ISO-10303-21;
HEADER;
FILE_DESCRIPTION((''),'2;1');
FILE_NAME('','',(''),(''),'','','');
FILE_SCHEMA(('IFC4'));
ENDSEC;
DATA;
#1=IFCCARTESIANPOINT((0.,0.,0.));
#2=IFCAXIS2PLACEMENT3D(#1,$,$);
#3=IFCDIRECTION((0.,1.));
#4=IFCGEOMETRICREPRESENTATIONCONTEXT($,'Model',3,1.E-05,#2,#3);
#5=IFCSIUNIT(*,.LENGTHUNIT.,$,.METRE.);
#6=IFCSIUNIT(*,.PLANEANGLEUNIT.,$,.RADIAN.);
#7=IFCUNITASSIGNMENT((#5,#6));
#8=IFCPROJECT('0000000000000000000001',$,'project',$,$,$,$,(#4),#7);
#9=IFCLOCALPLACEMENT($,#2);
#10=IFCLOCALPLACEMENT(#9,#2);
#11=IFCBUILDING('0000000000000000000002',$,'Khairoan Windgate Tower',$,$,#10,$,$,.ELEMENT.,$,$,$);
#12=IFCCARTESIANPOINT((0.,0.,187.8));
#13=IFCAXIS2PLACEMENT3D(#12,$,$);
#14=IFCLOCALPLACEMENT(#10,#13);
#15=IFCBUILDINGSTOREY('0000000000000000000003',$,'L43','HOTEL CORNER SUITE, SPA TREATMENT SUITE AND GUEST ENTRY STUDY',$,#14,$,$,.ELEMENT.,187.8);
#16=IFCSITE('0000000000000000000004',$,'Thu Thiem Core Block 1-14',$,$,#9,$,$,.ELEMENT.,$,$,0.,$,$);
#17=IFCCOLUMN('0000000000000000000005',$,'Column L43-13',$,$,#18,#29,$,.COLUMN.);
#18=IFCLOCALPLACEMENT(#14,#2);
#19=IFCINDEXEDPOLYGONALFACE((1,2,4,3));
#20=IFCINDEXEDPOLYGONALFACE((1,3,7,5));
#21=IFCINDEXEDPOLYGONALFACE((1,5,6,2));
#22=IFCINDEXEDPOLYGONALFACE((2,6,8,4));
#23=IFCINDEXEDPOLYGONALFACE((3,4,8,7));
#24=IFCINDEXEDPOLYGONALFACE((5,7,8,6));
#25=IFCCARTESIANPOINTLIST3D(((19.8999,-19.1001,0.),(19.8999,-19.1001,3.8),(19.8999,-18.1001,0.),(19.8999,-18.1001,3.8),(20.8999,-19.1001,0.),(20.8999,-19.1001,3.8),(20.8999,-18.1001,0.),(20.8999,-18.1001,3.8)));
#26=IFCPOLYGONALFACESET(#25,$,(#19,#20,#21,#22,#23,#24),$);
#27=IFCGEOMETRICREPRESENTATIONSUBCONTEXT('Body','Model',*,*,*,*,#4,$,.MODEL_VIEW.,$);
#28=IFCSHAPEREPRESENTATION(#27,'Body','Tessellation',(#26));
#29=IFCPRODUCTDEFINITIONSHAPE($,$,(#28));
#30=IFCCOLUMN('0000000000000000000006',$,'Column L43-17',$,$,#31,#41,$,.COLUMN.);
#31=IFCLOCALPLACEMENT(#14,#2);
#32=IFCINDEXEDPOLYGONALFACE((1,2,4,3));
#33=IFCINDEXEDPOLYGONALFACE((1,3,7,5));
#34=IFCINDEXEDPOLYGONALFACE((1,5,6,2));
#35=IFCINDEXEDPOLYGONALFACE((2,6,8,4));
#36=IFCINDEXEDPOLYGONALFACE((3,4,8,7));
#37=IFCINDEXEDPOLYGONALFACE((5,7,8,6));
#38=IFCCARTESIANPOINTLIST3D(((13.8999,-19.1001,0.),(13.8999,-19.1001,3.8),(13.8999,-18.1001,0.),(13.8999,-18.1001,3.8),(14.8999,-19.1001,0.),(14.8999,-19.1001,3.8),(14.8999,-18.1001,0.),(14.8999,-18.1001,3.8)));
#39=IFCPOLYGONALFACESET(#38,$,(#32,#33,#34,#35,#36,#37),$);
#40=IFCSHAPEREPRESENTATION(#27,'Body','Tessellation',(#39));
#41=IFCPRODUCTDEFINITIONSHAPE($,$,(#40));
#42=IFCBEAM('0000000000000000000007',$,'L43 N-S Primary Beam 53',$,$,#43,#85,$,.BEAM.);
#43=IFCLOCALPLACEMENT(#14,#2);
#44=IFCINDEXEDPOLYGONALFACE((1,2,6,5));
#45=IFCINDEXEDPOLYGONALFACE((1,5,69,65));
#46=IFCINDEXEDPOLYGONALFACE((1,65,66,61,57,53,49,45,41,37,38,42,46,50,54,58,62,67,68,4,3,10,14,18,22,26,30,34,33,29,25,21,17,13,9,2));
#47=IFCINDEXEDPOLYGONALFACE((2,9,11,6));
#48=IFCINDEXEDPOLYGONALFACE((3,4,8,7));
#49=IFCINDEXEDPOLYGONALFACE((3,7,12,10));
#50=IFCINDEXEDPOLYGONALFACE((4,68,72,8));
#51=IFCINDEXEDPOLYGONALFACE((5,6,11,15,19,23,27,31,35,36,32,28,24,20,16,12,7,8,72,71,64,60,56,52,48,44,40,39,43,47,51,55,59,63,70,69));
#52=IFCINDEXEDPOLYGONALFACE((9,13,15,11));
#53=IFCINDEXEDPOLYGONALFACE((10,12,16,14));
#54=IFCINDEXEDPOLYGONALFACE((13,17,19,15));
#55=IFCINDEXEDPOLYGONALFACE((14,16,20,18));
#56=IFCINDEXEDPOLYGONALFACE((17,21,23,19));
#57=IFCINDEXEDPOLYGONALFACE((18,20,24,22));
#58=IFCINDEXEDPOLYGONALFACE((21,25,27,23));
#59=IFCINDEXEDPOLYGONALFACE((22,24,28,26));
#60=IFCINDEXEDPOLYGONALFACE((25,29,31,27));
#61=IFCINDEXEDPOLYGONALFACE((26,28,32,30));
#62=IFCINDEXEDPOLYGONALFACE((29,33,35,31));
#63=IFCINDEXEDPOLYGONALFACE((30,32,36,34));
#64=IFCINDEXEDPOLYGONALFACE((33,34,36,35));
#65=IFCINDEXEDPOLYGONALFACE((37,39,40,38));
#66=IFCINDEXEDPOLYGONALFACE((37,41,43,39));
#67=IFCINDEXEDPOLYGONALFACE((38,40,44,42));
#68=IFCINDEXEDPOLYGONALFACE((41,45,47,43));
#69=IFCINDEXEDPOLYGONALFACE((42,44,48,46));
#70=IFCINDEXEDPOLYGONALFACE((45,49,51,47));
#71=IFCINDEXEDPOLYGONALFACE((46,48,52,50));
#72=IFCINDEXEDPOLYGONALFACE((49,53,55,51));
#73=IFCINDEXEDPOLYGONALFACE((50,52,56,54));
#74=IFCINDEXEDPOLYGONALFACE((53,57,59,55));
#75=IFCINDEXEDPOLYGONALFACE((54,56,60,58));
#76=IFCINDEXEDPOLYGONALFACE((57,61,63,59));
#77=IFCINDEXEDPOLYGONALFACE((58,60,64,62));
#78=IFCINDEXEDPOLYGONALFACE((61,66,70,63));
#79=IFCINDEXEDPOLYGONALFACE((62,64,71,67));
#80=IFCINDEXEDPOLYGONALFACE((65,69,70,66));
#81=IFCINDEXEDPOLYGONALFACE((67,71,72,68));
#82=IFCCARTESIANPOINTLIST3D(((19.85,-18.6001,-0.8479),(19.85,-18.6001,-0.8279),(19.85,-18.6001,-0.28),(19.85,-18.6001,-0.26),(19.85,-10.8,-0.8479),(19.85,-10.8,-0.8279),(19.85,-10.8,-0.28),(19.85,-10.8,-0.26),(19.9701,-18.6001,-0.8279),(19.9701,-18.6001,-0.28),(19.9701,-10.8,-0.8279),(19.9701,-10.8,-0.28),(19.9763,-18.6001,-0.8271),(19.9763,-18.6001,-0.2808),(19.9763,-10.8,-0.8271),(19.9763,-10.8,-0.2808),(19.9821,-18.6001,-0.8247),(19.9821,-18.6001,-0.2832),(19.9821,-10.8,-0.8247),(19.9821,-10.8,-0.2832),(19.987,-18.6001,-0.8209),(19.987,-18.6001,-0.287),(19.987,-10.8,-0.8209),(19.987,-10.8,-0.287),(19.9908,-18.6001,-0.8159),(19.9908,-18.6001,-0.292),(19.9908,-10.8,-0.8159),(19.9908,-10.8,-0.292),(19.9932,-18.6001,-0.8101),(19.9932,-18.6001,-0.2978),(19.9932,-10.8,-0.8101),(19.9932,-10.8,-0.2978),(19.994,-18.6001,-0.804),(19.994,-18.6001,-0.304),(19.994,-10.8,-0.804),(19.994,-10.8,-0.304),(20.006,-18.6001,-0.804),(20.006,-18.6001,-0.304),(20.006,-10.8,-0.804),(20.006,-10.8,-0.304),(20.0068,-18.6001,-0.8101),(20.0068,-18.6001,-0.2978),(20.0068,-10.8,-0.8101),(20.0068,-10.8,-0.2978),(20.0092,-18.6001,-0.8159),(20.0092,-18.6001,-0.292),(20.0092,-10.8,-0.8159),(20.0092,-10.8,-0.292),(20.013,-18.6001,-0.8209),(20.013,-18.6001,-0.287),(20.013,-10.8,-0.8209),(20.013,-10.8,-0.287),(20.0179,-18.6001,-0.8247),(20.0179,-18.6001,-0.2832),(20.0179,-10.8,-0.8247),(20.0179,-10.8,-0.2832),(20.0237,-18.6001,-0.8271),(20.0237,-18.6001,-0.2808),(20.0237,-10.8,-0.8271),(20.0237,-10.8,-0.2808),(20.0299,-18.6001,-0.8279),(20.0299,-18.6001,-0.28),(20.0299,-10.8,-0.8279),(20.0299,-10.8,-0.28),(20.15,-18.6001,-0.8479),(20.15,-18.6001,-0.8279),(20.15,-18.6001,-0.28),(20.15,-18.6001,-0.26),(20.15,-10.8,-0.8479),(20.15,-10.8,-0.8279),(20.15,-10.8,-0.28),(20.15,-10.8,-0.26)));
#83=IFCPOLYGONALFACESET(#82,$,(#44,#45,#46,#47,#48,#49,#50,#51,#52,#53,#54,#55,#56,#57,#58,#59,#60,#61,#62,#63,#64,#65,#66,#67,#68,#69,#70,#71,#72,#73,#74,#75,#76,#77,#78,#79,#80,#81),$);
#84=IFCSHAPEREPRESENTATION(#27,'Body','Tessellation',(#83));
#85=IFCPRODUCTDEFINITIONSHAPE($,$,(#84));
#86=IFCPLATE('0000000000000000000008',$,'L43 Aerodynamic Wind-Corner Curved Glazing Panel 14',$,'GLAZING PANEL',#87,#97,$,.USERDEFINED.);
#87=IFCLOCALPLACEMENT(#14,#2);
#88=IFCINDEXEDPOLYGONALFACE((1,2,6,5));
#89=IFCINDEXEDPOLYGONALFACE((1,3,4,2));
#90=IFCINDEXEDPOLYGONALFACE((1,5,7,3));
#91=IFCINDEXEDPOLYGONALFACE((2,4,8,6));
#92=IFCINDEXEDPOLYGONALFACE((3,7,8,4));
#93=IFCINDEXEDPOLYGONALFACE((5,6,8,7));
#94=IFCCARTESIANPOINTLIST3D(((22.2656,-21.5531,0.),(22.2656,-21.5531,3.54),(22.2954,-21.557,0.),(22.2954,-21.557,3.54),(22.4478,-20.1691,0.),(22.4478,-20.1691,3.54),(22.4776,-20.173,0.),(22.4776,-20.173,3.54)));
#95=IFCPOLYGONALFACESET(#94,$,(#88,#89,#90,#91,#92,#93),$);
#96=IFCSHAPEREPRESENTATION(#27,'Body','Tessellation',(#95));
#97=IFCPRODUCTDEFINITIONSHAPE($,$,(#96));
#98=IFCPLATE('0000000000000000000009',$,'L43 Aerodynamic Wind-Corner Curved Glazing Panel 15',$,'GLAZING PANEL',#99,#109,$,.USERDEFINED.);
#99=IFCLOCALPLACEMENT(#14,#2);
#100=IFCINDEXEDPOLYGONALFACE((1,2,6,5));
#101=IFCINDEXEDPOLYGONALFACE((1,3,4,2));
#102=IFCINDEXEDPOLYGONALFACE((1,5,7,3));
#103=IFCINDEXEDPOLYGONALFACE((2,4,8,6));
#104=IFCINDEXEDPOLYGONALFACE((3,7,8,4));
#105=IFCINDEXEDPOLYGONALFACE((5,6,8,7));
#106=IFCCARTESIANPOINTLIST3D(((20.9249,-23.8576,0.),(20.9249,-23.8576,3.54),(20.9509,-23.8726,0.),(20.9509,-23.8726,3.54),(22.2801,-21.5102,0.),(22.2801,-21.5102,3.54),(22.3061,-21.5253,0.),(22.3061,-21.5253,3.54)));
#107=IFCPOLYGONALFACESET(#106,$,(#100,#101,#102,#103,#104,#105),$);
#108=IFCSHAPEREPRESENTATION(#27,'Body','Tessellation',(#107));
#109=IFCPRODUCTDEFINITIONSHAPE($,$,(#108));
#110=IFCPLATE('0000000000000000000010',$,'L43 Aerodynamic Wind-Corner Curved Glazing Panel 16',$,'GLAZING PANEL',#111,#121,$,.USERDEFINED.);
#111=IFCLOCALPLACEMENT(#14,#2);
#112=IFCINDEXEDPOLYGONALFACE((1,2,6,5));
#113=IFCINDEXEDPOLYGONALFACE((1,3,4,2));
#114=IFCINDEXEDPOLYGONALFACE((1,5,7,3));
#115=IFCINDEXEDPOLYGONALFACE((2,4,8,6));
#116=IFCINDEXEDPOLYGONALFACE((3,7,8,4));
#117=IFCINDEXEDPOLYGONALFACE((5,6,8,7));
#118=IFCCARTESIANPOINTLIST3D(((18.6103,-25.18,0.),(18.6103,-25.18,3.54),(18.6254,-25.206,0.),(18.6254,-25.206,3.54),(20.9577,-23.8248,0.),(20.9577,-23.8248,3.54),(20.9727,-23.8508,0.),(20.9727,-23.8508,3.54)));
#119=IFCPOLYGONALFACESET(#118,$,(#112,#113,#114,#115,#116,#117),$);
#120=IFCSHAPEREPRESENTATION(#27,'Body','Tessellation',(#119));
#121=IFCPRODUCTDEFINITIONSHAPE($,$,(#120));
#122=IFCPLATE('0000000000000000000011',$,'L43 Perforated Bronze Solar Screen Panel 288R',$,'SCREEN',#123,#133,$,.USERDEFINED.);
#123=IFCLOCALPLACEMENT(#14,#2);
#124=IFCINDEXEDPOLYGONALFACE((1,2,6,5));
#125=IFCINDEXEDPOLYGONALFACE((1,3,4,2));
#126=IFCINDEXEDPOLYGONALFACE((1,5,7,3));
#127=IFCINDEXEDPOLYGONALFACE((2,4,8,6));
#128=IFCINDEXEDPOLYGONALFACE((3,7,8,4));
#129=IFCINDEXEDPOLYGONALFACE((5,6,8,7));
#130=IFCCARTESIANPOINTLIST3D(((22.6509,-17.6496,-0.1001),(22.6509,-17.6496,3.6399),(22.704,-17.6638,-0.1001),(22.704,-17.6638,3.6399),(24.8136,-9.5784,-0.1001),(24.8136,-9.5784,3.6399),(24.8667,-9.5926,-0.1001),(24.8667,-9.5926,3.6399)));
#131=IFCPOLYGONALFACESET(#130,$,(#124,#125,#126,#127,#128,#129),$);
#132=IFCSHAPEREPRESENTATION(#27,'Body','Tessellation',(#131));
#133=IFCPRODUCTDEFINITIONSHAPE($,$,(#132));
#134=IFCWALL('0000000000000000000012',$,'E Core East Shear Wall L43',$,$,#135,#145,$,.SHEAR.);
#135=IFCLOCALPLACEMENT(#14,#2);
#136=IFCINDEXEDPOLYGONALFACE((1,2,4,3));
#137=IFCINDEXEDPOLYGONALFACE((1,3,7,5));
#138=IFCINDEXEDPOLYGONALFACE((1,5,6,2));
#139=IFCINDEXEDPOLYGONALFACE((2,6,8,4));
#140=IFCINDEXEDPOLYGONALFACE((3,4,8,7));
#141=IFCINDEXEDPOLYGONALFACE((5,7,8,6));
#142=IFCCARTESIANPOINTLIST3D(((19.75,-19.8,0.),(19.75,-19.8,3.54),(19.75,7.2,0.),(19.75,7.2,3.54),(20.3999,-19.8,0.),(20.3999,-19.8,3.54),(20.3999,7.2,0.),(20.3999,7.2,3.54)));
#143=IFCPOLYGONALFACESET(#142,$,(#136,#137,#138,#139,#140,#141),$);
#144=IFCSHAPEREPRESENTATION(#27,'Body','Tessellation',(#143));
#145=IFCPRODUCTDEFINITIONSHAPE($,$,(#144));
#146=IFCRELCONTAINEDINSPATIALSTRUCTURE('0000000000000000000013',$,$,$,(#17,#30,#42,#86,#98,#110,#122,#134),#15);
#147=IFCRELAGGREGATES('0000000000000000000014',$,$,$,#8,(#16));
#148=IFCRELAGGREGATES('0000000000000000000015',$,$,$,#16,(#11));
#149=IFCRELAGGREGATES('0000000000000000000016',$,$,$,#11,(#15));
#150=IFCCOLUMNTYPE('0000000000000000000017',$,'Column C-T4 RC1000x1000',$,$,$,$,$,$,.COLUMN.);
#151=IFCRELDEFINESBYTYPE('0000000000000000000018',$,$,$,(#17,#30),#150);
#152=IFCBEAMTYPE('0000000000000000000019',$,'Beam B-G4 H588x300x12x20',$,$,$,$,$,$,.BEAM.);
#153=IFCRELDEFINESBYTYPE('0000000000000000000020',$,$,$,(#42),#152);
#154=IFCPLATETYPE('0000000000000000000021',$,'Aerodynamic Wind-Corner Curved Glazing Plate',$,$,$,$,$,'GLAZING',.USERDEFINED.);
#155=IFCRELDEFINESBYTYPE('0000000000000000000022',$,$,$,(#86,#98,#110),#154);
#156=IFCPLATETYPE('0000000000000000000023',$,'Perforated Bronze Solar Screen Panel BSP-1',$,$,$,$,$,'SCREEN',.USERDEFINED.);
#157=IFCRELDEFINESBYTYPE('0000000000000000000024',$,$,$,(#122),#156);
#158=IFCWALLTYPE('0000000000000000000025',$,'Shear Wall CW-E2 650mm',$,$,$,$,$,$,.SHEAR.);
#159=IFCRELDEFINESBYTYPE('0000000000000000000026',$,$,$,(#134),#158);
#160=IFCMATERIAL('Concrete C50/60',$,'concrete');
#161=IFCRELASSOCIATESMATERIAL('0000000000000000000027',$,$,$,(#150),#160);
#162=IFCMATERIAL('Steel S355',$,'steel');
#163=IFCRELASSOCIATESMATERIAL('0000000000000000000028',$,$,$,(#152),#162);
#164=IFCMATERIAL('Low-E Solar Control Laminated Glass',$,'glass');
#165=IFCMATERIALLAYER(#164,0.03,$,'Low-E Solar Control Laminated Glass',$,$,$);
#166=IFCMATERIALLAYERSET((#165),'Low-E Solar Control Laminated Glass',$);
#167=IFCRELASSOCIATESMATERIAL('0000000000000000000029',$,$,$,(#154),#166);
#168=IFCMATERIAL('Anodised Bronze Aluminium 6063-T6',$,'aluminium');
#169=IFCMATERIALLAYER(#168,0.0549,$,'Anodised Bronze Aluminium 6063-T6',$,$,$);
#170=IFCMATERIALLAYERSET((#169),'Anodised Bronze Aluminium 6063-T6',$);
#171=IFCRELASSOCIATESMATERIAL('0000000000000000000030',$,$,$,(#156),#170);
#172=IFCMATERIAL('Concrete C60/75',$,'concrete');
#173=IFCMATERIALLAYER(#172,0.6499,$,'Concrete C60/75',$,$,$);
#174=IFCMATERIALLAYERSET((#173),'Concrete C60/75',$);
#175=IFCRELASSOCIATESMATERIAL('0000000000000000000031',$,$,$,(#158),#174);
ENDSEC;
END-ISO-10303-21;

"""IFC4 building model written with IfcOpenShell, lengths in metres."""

from ifc_helpers import new_model, si_unit, direction, frame, frame_2d, origin, origin_2d, place, context, subcontext, project, spatial, rectangle, i_section, extrude, material, layer, layer_set, material_profile, profile_set, type_object, element, save


model = new_model("IFC4")

# Units and contexts
model_context = context("Model", 3, precision=1e-05, world=origin(), true_north=direction((0.0, 1.0)))
body_context = subcontext(model_context, "Body", "Model", "MODEL_VIEW")
ifc_project = project(units=[si_unit("LENGTHUNIT", "METRE"), si_unit("PLANEANGLEUNIT", "RADIAN")], contexts=[model_context])

# Site, building, storey
site_placement = place(None, origin())
site = spatial("IfcSite", under=ifc_project, at=site_placement, Name="Thu Thiem Core Block 1-14", CompositionType="ELEMENT", RefElevation=0.0)
building_placement = place(site_placement, origin())
building = spatial("IfcBuilding", under=site, at=building_placement, Name="Khairoan Windgate Tower", CompositionType="ELEMENT")
storey_placement = place(building_placement, frame((0.0, 0.0, 187.8)))
storey = spatial("IfcBuildingStorey", under=building, at=storey_placement, Name="L43", Description="HOTEL CORNER SUITE, SPA TREATMENT SUITE AND GUEST ENTRY STUDY", CompositionType="ELEMENT", Elevation=187.8)

# Columns
ifc_material_1 = material(Name="Concrete C50/60", Category="concrete")
ifc_material_profile_1 = material_profile(ifc_material_1, rectangle(XDim=1.0, YDim=1.0, at=origin_2d()))
ifc_profile_set_1 = profile_set([ifc_material_profile_1], Name="Concrete C50/60")
column_type = type_object("IfcColumnType", Name="Column C-T4 RC1000x1000", PredefinedType="COLUMN", material=ifc_profile_set_1)
for number, where, z_axis, x_axis, name in (
    (1, (20.3999, -18.6001, 0.0), (0.0, 0.0, 1.0), (1.0, 0.0, 0.0), "Column L43-13"),
    (2, (14.3999, -18.6001, 0.0), (0.0, 0.0, 1.0), (1.0, 0.0, 0.0), "Column L43-17"),
):
    element("IfcColumn", number, at=place(storey_placement, frame(where, z_axis=z_axis, x_axis=x_axis)), inside=storey, type_object=column_type, Name=name, PredefinedType="COLUMN", context=body_context, shape_type="SweptSolid", body=[
        extrude(rectangle(XDim=1.0, YDim=1.0, at=origin_2d()), origin(), (0.0, 0.0, 1.0), 3.8),
    ])

# Beam
ifc_material_2 = material(Name="Steel S355", Category="steel")
ifc_material_profile_2 = material_profile(ifc_material_2, i_section(OverallWidth=0.3, OverallDepth=0.5879, WebThickness=0.012, FlangeThickness=0.02, FilletRadius=0.0239, at=origin_2d()))
ifc_profile_set_2 = profile_set([ifc_material_profile_2], Name="Steel S355")
beam_type = type_object("IfcBeamType", Name="Beam B-G4 H588x300x12x20", PredefinedType="BEAM", material=ifc_profile_set_2)
beam_placement = place(storey_placement, frame((20.0, -18.6001, -0.554), z_axis=(0.0, 1.0, 0.0), x_axis=(-1.0, 0.0, 0.0)))
element("IfcBeam", 3, at=beam_placement, inside=storey, type_object=beam_type, Name="L43 N-S Primary Beam 53", PredefinedType="BEAM", context=body_context, shape_type="SweptSolid", body=[
    extrude(i_section(OverallWidth=0.3, OverallDepth=0.5879, WebThickness=0.012, FlangeThickness=0.02, FilletRadius=0.0239, at=origin_2d()), origin(), (0.0, 0.0, 1.0), 7.8),
])

# Plates
ifc_material_3 = material(Name="Low-E Solar Control Laminated Glass", Category="glass")
ifc_layer_1 = layer(ifc_material_3, 0.03, Name="Low-E Solar Control Laminated Glass")
ifc_layer_set_1 = layer_set([ifc_layer_1], Name="Low-E Solar Control Laminated Glass")
plate_type_1 = type_object("IfcPlateType", Name="Aerodynamic Wind-Corner Curved Glazing Plate", ElementType="GLAZING", PredefinedType="USERDEFINED", material=ifc_layer_set_1)
plate_1_placement = place(storey_placement, frame((22.3716, -20.863, 0.0), z_axis=(0.0, 0.0, 1.0), x_axis=(-0.130526, -0.991445, 0.0)))
element("IfcPlate", 4, at=plate_1_placement, inside=storey, type_object=plate_type_1, Name="L43 Aerodynamic Wind-Corner Curved Glazing Panel 14", ObjectType="GLAZING PANEL", PredefinedType="USERDEFINED", context=body_context, shape_type="SweptSolid", body=[
    extrude(rectangle(XDim=1.396, YDim=0.03, at=origin_2d()), origin(), (0.0, 0.0, 1.0), 3.54),
])
for number, where, z_axis, x_axis, name in (
    (5, (21.6155, -22.6914, 0.0), (0.0, 0.0, 1.0), (-0.5, -0.866025, 0.0), "L43 Aerodynamic Wind-Corner Curved Glazing Panel 15"),
    (6, (19.7915, -24.5154, 0.0), (0.0, 0.0, 1.0), (-0.866025, -0.5, 0.0), "L43 Aerodynamic Wind-Corner Curved Glazing Panel 16"),
):
    element("IfcPlate", number, at=place(storey_placement, frame(where, z_axis=z_axis, x_axis=x_axis)), inside=storey, type_object=plate_type_1, Name=name, ObjectType="GLAZING PANEL", PredefinedType="USERDEFINED", context=body_context, shape_type="SweptSolid", body=[
        extrude(rectangle(XDim=2.7104, YDim=0.03, at=origin_2d()), origin(), (0.0, 0.0, 1.0), 3.54),
    ])

# Plate
ifc_material_4 = material(Name="Anodised Bronze Aluminium 6063-T6", Category="aluminium")
ifc_layer_2 = layer(ifc_material_4, 0.0549, Name="Anodised Bronze Aluminium 6063-T6")
ifc_layer_set_2 = layer_set([ifc_layer_2], Name="Anodised Bronze Aluminium 6063-T6")
plate_type_2 = type_object("IfcPlateType", Name="Perforated Bronze Solar Screen Panel BSP-1", ElementType="SCREEN", PredefinedType="USERDEFINED", material=ifc_layer_set_2)
plate_2_placement = place(storey_placement, frame((23.7588, -13.6211, -0.1001), z_axis=(0.0, 0.0, 1.0), x_axis=(-0.258819, -0.965926, 0.0)))
element("IfcPlate", 7, at=plate_2_placement, inside=storey, type_object=plate_type_2, Name="L43 Perforated Bronze Solar Screen Panel 288R", ObjectType="SCREEN", PredefinedType="USERDEFINED", context=body_context, shape_type="SweptSolid", body=[
    extrude(rectangle(XDim=8.356, YDim=0.0549, at=origin_2d()), origin(), (0.0, 0.0, 1.0), 3.74),
])

# Wall
ifc_material_5 = material(Name="Concrete C60/75", Category="concrete")
ifc_layer_3 = layer(ifc_material_5, 0.6499, Name="Concrete C60/75")
ifc_layer_set_3 = layer_set([ifc_layer_3], Name="Concrete C60/75")
wall_type_1 = type_object("IfcWallType", Name="Shear Wall CW-E2 650mm", PredefinedType="SHEAR", material=ifc_layer_set_3)
wall_1_placement = place(storey_placement, frame((20.075, -19.8, 0.0), z_axis=(0.0, 0.0, 1.0), x_axis=(0.0, 1.0, 0.0)))
element("IfcWall", 8, at=wall_1_placement, inside=storey, type_object=wall_type_1, Name="E Core East Shear Wall L43", PredefinedType="SHEAR", context=body_context, shape_type="SweptSolid", body=[
    extrude(rectangle(XDim=27.0, YDim=0.6499, at=frame_2d((13.5, 0.0))), origin(), (0.0, 0.0, 1.0), 3.54),
])

save(model, "model.ifc")
